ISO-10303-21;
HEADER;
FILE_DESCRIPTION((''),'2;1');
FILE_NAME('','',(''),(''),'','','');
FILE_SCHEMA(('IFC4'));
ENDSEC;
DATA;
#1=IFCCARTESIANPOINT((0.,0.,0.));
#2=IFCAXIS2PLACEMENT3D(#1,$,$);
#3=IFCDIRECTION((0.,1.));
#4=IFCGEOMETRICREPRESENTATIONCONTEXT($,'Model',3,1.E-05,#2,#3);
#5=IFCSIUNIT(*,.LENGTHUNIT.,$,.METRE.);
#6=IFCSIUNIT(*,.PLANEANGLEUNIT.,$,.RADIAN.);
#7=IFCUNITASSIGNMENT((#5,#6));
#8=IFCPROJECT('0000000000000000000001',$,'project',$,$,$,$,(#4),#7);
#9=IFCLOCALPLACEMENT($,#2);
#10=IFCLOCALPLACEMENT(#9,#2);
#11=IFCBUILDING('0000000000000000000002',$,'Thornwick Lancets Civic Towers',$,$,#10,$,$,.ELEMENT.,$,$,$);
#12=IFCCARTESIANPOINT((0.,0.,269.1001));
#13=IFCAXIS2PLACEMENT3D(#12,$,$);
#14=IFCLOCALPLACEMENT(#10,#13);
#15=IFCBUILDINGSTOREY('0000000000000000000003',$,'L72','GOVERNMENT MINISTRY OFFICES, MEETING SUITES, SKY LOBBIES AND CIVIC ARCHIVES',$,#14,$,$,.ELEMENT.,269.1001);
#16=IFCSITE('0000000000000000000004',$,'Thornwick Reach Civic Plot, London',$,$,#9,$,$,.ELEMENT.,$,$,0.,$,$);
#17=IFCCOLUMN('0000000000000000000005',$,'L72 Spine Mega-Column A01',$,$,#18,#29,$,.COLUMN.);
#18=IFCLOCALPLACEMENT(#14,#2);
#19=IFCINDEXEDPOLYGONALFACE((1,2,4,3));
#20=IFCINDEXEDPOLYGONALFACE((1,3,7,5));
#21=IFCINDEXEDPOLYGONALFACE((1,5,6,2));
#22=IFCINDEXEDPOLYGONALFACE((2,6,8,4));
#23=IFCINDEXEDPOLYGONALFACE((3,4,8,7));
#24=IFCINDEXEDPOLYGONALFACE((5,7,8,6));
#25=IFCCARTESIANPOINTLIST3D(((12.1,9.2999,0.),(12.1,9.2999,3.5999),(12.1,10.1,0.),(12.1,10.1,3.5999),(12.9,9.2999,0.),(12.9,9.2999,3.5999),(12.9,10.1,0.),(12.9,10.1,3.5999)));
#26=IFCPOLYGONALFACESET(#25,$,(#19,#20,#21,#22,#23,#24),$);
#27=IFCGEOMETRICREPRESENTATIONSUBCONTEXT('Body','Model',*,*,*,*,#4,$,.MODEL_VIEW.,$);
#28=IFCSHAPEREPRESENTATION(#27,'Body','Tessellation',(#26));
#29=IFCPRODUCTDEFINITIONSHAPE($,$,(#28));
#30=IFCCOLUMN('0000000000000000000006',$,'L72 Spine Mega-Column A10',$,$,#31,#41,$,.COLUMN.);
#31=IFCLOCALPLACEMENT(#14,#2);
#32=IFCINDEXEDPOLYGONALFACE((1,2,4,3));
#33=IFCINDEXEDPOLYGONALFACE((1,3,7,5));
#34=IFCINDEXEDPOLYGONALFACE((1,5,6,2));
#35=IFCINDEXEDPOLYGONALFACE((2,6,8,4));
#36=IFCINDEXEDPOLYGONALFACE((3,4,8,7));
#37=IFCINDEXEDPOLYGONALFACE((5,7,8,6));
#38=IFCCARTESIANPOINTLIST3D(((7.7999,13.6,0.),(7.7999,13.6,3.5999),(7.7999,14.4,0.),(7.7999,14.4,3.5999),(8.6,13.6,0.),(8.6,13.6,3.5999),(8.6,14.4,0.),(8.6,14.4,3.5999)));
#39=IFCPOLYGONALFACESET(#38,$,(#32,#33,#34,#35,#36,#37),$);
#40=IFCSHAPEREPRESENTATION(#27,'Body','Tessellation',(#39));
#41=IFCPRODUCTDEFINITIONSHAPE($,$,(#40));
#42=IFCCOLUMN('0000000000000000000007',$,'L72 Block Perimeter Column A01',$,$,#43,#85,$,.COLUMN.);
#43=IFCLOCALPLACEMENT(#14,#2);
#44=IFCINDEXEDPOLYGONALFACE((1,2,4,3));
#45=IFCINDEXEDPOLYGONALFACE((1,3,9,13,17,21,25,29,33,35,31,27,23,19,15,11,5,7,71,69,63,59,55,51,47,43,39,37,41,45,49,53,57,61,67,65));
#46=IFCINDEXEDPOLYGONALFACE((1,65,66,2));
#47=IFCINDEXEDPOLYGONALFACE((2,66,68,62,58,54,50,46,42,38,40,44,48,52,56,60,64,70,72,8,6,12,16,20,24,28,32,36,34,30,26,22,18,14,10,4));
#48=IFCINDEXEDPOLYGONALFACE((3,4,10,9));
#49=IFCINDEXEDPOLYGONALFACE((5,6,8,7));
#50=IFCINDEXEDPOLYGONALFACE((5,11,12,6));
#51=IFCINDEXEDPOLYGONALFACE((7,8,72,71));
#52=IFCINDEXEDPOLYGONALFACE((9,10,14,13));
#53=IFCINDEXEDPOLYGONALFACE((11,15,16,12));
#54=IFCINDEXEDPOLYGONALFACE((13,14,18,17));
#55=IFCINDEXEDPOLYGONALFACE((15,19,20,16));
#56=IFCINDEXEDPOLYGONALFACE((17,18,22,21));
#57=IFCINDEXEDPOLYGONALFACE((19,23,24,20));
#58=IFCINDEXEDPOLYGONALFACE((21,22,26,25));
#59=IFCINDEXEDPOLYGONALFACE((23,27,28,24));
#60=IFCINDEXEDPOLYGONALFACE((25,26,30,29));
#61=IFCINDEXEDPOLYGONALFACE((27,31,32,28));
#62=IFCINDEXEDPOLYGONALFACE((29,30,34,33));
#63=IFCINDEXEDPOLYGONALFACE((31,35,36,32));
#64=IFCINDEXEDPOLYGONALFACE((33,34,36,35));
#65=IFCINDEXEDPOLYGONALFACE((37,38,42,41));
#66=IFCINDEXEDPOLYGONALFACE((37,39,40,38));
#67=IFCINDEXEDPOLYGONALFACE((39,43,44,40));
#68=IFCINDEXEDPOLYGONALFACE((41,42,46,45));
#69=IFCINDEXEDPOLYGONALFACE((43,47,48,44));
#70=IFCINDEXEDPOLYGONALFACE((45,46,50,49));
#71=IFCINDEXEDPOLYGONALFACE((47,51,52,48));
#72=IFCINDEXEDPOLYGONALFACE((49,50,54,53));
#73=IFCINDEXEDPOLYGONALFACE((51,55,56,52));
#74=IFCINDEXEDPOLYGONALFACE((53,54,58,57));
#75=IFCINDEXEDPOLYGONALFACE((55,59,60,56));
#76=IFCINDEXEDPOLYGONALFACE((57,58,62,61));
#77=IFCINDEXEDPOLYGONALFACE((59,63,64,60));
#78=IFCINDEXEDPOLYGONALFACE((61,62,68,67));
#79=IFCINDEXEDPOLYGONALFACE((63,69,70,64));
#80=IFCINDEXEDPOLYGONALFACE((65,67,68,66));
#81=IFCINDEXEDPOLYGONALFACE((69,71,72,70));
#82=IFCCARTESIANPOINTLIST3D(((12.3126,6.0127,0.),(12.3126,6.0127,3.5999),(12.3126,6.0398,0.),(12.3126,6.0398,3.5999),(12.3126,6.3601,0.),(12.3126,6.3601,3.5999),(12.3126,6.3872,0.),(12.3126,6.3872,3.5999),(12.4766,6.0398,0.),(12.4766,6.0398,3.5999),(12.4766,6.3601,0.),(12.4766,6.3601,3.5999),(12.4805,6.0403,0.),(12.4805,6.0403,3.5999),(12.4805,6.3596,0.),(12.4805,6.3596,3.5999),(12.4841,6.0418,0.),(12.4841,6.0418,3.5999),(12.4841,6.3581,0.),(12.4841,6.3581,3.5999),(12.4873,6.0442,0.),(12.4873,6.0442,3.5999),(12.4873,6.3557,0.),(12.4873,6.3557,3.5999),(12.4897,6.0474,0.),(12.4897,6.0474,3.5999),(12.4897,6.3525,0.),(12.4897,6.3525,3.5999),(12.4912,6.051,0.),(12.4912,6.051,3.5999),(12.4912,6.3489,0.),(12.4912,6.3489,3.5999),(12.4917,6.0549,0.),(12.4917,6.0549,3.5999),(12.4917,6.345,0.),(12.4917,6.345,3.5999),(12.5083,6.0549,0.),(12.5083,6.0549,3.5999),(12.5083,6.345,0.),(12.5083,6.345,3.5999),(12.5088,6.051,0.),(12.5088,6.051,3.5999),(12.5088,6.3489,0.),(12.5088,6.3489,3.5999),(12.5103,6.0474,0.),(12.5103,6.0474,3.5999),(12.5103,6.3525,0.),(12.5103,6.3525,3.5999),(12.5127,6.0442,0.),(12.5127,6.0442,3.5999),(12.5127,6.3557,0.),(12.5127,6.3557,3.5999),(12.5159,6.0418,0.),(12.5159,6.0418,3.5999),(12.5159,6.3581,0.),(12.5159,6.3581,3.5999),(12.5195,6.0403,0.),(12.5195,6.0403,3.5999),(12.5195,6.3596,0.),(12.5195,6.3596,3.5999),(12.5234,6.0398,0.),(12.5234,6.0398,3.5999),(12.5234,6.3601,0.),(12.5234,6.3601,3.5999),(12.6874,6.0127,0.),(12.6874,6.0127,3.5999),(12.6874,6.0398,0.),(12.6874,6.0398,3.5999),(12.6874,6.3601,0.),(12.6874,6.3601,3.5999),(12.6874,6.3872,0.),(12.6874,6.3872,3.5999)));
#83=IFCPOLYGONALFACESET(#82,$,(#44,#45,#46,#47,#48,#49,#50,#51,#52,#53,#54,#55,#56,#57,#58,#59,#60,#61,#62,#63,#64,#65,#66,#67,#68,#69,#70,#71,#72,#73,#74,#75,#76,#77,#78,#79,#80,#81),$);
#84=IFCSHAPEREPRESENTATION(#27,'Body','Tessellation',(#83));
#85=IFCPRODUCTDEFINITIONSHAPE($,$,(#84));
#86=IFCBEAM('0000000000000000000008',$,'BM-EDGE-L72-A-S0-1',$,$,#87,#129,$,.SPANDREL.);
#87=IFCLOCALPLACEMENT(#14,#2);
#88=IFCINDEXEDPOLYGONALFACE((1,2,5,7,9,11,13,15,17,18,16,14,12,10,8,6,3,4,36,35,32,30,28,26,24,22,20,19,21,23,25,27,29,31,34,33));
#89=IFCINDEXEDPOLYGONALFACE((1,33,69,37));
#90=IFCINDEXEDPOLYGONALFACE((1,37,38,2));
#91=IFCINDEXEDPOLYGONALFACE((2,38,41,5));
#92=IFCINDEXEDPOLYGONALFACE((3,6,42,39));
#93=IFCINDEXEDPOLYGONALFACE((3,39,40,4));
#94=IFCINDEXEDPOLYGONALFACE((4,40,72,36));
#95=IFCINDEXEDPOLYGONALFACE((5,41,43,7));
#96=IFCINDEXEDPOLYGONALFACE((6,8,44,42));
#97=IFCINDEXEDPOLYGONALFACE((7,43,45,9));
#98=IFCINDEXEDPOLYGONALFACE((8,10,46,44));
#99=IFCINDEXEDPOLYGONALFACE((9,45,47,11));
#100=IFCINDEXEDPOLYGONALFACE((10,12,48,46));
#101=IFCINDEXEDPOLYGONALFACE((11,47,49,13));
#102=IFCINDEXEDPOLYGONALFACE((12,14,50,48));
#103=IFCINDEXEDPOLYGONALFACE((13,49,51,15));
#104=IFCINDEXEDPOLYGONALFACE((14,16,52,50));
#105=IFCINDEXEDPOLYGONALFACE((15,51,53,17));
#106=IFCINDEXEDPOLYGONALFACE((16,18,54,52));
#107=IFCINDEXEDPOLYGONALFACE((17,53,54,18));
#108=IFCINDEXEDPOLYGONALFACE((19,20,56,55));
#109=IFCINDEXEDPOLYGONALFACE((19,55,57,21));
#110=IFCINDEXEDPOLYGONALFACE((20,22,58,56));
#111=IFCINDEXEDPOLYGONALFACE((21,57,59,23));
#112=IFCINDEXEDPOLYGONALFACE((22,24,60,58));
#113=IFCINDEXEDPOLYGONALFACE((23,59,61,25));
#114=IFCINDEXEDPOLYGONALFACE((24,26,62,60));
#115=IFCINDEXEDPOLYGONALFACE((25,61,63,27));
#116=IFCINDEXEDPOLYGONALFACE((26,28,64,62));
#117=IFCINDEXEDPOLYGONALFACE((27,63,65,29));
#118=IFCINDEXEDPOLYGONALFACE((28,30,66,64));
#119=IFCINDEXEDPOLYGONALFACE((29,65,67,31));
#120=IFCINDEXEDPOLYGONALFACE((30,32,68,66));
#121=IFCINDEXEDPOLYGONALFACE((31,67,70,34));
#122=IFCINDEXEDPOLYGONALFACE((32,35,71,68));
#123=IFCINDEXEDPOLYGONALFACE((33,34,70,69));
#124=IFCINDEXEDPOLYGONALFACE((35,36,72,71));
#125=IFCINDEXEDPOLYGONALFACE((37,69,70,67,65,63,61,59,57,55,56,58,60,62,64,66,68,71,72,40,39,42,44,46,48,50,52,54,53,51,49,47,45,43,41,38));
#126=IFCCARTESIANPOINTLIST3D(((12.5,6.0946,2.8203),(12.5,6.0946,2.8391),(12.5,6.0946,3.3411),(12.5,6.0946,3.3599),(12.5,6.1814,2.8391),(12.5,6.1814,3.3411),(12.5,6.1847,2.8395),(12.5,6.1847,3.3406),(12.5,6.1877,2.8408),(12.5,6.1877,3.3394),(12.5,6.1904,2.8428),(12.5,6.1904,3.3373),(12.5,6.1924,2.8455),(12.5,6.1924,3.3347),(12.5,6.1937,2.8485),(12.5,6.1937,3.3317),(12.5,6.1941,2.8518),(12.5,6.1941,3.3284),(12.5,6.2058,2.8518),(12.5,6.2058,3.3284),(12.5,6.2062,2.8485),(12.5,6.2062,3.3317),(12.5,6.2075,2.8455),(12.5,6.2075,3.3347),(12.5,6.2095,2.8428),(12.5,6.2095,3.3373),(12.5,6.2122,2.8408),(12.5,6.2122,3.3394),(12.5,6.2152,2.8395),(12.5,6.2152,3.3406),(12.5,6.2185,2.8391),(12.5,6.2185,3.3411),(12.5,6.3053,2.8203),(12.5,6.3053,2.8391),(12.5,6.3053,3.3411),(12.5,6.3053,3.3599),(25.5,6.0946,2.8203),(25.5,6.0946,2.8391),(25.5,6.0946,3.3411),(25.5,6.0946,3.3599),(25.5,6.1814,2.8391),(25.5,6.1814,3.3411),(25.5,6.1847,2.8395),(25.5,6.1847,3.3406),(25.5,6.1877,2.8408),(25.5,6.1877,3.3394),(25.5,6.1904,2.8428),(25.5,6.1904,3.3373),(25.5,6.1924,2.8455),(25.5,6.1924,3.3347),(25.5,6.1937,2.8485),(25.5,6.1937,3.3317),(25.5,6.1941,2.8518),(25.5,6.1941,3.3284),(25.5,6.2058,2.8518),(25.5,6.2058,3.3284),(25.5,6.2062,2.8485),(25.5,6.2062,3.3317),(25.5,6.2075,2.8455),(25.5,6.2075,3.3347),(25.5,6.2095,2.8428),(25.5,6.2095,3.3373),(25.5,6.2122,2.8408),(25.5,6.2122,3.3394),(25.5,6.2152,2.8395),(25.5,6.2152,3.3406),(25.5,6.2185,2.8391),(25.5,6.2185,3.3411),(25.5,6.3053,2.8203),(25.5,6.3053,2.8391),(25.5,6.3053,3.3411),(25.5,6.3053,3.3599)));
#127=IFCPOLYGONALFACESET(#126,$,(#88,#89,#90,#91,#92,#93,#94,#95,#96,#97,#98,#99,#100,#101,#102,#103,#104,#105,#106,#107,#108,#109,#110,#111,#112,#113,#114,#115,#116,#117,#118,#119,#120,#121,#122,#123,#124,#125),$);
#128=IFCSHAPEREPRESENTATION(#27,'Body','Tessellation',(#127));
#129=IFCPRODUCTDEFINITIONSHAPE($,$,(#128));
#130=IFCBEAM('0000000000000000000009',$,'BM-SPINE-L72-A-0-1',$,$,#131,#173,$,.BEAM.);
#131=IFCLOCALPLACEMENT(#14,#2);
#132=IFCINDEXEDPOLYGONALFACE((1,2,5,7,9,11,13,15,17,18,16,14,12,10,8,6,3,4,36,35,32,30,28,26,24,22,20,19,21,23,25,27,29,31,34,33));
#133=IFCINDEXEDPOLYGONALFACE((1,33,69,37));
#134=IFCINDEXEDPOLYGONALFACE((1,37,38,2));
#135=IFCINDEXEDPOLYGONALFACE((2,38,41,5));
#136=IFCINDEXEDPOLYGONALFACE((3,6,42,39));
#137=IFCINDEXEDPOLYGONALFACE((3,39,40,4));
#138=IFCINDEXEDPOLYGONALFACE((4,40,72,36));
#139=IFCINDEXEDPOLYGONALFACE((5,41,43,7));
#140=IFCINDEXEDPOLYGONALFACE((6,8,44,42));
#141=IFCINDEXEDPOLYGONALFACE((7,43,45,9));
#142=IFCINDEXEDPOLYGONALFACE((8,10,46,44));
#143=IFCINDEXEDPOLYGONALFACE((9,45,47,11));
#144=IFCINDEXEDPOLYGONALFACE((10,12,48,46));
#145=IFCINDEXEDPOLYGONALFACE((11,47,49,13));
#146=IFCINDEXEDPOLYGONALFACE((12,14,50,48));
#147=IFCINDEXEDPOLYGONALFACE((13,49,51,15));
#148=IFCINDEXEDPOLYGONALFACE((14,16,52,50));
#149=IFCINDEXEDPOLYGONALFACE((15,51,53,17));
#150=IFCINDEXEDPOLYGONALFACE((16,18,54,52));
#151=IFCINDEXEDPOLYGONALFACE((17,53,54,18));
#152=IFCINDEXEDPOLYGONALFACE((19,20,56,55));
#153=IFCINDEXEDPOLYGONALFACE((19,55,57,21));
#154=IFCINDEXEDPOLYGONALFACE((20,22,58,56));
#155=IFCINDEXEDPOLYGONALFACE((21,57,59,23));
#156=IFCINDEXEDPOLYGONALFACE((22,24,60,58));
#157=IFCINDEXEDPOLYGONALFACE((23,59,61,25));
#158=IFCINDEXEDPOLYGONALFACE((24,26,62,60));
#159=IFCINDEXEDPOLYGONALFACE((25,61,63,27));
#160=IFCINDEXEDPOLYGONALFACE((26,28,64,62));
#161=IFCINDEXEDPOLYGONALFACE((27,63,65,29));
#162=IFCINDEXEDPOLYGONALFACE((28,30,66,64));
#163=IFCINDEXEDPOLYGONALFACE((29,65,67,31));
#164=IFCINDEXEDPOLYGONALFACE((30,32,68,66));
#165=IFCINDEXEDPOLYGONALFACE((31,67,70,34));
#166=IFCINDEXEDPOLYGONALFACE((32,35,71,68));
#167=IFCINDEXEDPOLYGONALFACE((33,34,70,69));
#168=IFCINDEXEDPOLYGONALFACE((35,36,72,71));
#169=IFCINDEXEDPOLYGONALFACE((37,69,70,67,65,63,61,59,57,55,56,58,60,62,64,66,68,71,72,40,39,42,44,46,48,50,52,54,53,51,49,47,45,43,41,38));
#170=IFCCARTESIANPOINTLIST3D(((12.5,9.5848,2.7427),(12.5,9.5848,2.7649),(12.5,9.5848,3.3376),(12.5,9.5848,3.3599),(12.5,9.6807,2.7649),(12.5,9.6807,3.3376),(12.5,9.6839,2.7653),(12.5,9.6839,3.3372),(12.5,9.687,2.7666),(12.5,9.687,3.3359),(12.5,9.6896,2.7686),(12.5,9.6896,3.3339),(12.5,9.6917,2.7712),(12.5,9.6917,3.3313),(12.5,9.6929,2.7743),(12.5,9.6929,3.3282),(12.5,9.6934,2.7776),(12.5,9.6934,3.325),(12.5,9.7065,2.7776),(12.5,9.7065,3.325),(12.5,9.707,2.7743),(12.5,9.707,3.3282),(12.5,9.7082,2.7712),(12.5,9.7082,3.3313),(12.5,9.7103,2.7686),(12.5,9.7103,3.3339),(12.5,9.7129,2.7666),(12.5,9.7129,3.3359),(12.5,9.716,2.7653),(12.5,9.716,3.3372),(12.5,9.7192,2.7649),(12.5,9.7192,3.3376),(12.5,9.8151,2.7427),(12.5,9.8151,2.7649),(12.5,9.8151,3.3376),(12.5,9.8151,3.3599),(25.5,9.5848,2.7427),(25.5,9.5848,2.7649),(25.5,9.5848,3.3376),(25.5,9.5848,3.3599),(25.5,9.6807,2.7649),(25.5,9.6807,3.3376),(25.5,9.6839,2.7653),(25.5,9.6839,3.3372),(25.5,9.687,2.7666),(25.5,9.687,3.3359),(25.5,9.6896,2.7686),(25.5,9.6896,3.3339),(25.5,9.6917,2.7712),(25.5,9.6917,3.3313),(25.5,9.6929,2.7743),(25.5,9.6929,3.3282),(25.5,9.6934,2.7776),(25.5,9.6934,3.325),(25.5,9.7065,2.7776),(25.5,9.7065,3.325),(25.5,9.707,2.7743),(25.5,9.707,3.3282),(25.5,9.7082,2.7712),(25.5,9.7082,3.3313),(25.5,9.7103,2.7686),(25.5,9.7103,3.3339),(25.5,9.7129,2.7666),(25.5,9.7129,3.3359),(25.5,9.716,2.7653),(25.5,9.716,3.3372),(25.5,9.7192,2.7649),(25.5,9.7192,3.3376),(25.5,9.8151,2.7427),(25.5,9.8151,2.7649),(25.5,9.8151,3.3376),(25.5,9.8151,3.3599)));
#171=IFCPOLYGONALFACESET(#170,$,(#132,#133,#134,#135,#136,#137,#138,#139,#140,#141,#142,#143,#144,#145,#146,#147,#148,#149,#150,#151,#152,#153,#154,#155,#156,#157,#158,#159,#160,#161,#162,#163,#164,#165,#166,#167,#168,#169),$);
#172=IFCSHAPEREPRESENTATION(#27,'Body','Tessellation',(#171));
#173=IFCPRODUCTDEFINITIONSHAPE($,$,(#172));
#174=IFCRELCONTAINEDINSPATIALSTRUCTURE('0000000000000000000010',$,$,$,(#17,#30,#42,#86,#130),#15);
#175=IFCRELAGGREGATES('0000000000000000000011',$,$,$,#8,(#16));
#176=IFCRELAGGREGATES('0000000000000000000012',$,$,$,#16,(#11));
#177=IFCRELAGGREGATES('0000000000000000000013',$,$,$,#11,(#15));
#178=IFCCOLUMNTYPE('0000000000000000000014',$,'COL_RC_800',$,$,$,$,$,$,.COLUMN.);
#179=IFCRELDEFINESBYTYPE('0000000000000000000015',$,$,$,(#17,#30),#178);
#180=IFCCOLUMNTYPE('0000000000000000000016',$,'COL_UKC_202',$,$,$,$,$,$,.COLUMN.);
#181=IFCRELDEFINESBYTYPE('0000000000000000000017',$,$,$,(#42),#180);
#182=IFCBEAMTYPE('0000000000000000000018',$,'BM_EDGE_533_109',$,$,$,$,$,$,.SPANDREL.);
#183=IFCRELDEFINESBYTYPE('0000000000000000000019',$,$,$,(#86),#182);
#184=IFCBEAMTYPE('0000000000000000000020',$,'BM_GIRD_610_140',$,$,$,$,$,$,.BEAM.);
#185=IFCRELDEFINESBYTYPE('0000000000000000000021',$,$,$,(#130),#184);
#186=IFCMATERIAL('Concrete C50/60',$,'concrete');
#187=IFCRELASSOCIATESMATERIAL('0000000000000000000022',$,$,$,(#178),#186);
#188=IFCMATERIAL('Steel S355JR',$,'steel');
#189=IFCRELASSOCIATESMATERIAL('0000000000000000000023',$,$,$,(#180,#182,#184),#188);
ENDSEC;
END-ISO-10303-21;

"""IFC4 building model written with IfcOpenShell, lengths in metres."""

from ifc_helpers import new_model, si_unit, direction, frame, origin, origin_2d, place, context, subcontext, project, spatial, rectangle, i_section, extrude, material, material_profile, profile_set, type_object, element, save


model = new_model("IFC4")

# Units and contexts
model_context = context("Model", 3, precision=1e-05, world=origin(), true_north=direction((0.0, 1.0)))
body_context = subcontext(model_context, "Body", "Model", "MODEL_VIEW")
ifc_project = project(units=[si_unit("LENGTHUNIT", "METRE"), si_unit("PLANEANGLEUNIT", "RADIAN")], contexts=[model_context])

# Site, building, storey
site_placement = place(None, origin())
site = spatial("IfcSite", under=ifc_project, at=site_placement, Name="Thornwick Reach Civic Plot, London", CompositionType="ELEMENT", RefElevation=0.0)
building_placement = place(site_placement, origin())
building = spatial("IfcBuilding", under=site, at=building_placement, Name="Thornwick Lancets Civic Towers", CompositionType="ELEMENT")
storey_placement = place(building_placement, frame((0.0, 0.0, 269.1001)))
storey = spatial("IfcBuildingStorey", under=building, at=storey_placement, Name="L72", Description="GOVERNMENT MINISTRY OFFICES, MEETING SUITES, SKY LOBBIES AND CIVIC ARCHIVES", CompositionType="ELEMENT", Elevation=269.1001)

# Columns
ifc_material_1 = material(Name="Concrete C50/60", Category="concrete")
ifc_material_profile_1 = material_profile(ifc_material_1, rectangle(XDim=0.8, YDim=0.8, at=origin_2d()), Name="RC 800x800")
ifc_profile_set_1 = profile_set([ifc_material_profile_1], Name="Concrete C50/60")
column_type_1 = type_object("IfcColumnType", Name="COL_RC_800", PredefinedType="COLUMN", material=ifc_profile_set_1)
for number, where, z_axis, x_axis, name in (
    (1, (12.5, 9.7, 0.0), (0.0, 0.0, 1.0), (1.0, 0.0, 0.0), "L72 Spine Mega-Column A01"),
    (2, (8.2, 14.0, 0.0), (0.0, 0.0, 1.0), (1.0, 0.0, 0.0), "L72 Spine Mega-Column A10"),
):
    element("IfcColumn", number, at=place(storey_placement, frame(where, z_axis=z_axis, x_axis=x_axis)), inside=storey, type_object=column_type_1, Name=name, PredefinedType="COLUMN", context=body_context, shape_type="SweptSolid", body=[
        extrude(rectangle(XDim=0.8, YDim=0.8, at=origin_2d()), origin(), (0.0, 0.0, 1.0), 3.5999),
    ])
ifc_material_2 = material(Name="Steel S355JR", Category="steel")
ifc_material_profile_2 = material_profile(ifc_material_2, i_section(OverallWidth=0.3748, OverallDepth=0.3745, WebThickness=0.0166, FlangeThickness=0.0271, FilletRadius=0.0151, at=origin_2d()), Name="UKC 356x368x202")
ifc_profile_set_2 = profile_set([ifc_material_profile_2], Name="Steel S355JR")
column_type_2 = type_object("IfcColumnType", Name="COL_UKC_202", PredefinedType="COLUMN", material=ifc_profile_set_2)
column_placement = place(storey_placement, frame((12.5, 6.2, 0.0), z_axis=(0.0, 0.0, 1.0), x_axis=(1.0, 0.0, 0.0)))
element("IfcColumn", 3, at=column_placement, inside=storey, type_object=column_type_2, Name="L72 Block Perimeter Column A01", PredefinedType="COLUMN", context=body_context, shape_type="SweptSolid", body=[
    extrude(i_section(OverallWidth=0.3748, OverallDepth=0.3745, WebThickness=0.0166, FlangeThickness=0.0271, FilletRadius=0.0151, at=origin_2d()), origin(), (0.0, 0.0, 1.0), 3.5999),
])

# Beams
ifc_material_profile_3 = material_profile(ifc_material_2, i_section(OverallWidth=0.2107, OverallDepth=0.5396, WebThickness=0.0117, FlangeThickness=0.0188, FilletRadius=0.0127, at=origin_2d()), Name="UKB 533x210x109")
ifc_profile_set_3 = profile_set([ifc_material_profile_3], Name="Steel S355JR")
beam_type_1 = type_object("IfcBeamType", Name="BM_EDGE_533_109", PredefinedType="SPANDREL", material=ifc_profile_set_3)
beam_1_placement = place(storey_placement, frame((12.5, 6.2, 3.0901), z_axis=(1.0, 0.0, 0.0), x_axis=(0.0, 1.0, 0.0)))
element("IfcBeam", 4, at=beam_1_placement, inside=storey, type_object=beam_type_1, Name="BM-EDGE-L72-A-S0-1", PredefinedType="SPANDREL", context=body_context, shape_type="SweptSolid", body=[
    extrude(i_section(OverallWidth=0.2107, OverallDepth=0.5396, WebThickness=0.0117, FlangeThickness=0.0188, FilletRadius=0.0127, at=origin_2d()), origin(), (0.0, 0.0, 1.0), 13.0),
])
ifc_material_profile_4 = material_profile(ifc_material_2, i_section(OverallWidth=0.2302, OverallDepth=0.6172, WebThickness=0.0132, FlangeThickness=0.0222, FilletRadius=0.0127, at=origin_2d()), Name="UKB 610x229x140")
ifc_profile_set_4 = profile_set([ifc_material_profile_4], Name="Steel S355JR")
beam_type_2 = type_object("IfcBeamType", Name="BM_GIRD_610_140", PredefinedType="BEAM", material=ifc_profile_set_4)
for number, where, z_axis, x_axis, name in (
    (5, (12.5, 9.7, 3.0513), (1.0, 0.0, 0.0), (0.0, 1.0, 0.0), "BM-SPINE-L72-A-0-1"),
):
    element("IfcBeam", number, at=place(storey_placement, frame(where, z_axis=z_axis, x_axis=x_axis)), inside=storey, type_object=beam_type_2, Name=name, PredefinedType="BEAM", context=body_context, shape_type="SweptSolid", body=[
        extrude(i_section(OverallWidth=0.2302, OverallDepth=0.6172, WebThickness=0.0132, FlangeThickness=0.0222, FilletRadius=0.0127, at=origin_2d()), origin(), (0.0, 0.0, 1.0), 13.0),
    ])

save(model, "model.ifc")
